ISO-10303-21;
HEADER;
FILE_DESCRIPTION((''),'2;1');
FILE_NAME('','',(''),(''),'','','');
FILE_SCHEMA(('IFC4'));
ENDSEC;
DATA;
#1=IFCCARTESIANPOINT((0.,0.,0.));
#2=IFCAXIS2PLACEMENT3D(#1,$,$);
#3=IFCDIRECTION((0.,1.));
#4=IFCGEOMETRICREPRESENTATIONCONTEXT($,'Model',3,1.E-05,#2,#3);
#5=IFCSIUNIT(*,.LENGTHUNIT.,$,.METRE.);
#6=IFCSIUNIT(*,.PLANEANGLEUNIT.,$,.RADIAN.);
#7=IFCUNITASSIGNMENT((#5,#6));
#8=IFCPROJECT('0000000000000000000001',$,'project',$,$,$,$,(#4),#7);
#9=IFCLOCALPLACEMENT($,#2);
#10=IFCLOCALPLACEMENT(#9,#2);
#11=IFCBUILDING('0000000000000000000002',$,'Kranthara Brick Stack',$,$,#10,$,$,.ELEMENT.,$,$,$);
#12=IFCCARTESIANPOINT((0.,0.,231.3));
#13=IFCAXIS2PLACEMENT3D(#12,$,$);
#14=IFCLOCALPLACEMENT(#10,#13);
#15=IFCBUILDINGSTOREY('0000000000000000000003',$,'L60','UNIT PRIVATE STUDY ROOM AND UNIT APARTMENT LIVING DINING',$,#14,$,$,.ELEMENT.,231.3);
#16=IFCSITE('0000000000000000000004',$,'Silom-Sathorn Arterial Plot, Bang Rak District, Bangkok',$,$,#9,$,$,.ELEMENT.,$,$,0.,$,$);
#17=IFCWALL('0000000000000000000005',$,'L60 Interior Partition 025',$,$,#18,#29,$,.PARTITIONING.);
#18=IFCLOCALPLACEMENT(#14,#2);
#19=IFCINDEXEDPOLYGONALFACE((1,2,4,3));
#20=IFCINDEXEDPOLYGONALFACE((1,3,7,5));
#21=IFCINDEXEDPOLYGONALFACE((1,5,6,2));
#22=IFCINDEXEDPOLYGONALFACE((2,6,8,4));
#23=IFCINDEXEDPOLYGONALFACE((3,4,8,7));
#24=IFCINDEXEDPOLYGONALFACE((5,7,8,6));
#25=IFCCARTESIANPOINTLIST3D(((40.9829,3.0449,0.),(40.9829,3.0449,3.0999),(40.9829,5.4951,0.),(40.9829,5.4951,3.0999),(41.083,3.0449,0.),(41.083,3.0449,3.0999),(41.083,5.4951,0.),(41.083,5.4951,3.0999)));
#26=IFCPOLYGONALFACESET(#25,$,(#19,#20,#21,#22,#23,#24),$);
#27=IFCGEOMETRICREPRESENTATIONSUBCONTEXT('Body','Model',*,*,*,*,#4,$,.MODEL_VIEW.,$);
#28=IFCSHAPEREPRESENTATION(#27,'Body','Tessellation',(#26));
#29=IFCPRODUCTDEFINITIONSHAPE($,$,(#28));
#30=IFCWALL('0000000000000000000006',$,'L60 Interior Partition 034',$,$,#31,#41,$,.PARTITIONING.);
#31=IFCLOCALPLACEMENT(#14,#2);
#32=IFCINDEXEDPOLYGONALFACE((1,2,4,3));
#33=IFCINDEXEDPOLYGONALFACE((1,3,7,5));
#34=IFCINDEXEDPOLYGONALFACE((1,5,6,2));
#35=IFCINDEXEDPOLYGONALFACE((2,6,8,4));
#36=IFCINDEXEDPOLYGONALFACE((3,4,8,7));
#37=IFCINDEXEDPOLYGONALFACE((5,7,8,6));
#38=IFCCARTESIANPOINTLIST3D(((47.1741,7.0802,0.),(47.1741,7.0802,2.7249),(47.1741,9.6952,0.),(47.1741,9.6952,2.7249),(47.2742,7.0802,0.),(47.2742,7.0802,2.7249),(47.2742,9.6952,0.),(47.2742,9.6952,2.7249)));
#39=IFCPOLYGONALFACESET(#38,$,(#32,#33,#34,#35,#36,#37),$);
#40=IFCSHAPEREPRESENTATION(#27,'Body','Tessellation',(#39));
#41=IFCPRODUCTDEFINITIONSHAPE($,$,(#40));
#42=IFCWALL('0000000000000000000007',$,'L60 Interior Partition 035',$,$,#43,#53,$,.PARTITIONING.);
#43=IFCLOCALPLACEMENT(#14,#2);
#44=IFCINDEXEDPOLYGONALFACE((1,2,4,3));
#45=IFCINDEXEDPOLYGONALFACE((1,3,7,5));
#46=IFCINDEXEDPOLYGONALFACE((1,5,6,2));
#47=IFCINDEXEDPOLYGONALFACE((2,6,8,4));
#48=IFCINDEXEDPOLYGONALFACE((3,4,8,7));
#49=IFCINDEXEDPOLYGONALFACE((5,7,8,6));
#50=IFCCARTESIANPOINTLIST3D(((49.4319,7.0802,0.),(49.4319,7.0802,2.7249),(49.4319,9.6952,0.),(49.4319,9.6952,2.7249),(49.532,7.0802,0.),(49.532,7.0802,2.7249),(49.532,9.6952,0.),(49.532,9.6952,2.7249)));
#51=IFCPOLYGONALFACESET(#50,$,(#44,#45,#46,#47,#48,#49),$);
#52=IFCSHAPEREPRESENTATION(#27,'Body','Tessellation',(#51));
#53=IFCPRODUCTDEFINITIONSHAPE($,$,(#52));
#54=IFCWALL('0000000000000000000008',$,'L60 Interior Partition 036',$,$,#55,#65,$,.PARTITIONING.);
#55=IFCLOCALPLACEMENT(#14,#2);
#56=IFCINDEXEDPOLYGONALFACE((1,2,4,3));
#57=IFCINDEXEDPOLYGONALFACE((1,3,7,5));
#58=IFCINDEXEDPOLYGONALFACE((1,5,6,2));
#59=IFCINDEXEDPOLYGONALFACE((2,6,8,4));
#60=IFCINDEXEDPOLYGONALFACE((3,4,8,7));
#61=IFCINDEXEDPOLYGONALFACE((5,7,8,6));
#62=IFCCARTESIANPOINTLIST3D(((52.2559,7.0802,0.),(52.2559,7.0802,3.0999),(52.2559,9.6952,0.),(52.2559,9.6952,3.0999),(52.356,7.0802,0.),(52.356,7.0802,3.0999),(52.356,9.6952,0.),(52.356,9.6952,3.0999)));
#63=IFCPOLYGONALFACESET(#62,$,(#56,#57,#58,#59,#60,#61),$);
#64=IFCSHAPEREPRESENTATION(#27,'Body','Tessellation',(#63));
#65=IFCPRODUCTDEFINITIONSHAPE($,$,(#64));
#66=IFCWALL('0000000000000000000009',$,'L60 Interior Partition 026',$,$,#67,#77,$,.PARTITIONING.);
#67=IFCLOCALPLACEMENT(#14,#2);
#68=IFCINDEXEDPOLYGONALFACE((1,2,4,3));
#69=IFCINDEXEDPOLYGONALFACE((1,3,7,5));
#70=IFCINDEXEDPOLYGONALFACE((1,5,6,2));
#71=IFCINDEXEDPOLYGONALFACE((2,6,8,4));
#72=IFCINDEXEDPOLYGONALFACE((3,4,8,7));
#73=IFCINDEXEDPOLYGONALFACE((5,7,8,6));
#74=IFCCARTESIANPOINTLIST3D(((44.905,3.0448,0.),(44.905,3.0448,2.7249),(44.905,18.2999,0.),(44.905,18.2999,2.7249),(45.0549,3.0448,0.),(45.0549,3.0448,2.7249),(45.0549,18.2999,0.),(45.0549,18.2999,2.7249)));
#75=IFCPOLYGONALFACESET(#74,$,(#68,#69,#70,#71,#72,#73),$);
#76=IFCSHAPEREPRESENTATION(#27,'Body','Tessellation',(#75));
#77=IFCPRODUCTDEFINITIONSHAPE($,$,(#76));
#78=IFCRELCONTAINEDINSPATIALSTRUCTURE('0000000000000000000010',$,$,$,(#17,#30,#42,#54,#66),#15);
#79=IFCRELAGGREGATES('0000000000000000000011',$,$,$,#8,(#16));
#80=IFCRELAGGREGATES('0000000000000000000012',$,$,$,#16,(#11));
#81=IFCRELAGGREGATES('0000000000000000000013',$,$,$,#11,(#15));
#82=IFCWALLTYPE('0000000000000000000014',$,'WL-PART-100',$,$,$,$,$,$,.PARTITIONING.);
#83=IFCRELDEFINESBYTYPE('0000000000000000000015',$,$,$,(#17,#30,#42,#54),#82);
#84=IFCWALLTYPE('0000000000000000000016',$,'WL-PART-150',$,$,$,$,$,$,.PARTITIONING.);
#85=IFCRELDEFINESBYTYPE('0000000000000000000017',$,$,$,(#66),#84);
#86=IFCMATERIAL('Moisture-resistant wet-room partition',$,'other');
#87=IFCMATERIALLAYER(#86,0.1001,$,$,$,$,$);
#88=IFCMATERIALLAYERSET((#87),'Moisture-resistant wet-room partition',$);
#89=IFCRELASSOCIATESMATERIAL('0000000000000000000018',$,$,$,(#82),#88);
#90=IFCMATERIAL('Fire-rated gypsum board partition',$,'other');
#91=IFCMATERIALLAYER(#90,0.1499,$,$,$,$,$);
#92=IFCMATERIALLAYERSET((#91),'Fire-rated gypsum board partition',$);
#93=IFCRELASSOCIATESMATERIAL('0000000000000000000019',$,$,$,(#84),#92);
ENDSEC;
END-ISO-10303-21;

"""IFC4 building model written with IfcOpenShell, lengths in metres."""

from ifc_helpers import new_model, si_unit, direction, frame, frame_2d, origin, place, context, subcontext, project, spatial, rectangle, extrude, material, layer, layer_set, type_object, element, save


model = new_model("IFC4")

# Units and contexts
model_context = context("Model", 3, precision=1e-05, world=origin(), true_north=direction((0.0, 1.0)))
body_context = subcontext(model_context, "Body", "Model", "MODEL_VIEW")
ifc_project = project(units=[si_unit("LENGTHUNIT", "METRE"), si_unit("PLANEANGLEUNIT", "RADIAN")], contexts=[model_context])

# Site, building, storey
site_placement = place(None, origin())
site = spatial("IfcSite", under=ifc_project, at=site_placement, Name="Silom-Sathorn Arterial Plot, Bang Rak District, Bangkok", CompositionType="ELEMENT", RefElevation=0.0)
building_placement = place(site_placement, origin())
building = spatial("IfcBuilding", under=site, at=building_placement, Name="Kranthara Brick Stack", CompositionType="ELEMENT")
storey_placement = place(building_placement, frame((0.0, 0.0, 231.3)))
storey = spatial("IfcBuildingStorey", under=building, at=storey_placement, Name="L60", Description="UNIT PRIVATE STUDY ROOM AND UNIT APARTMENT LIVING DINING", CompositionType="ELEMENT", Elevation=231.3)

# Shared definitions
ifc_material_1 = material(Name="Moisture-resistant wet-room partition", Category="other")
ifc_layer_1 = layer(ifc_material_1, 0.1001)
ifc_layer_set_1 = layer_set([ifc_layer_1], Name="Moisture-resistant wet-room partition")
wall_type_1 = type_object("IfcWallType", Name="WL-PART-100", PredefinedType="PARTITIONING", material=ifc_layer_set_1)

# Walls
wall_1_placement = place(storey_placement, frame((41.033, 3.0449, 0.0), z_axis=(0.0, 0.0, 1.0), x_axis=(0.0, 1.0, 0.0)))
element("IfcWall", 1, at=wall_1_placement, inside=storey, type_object=wall_type_1, Name="L60 Interior Partition 025", PredefinedType="PARTITIONING", context=body_context, shape_type="SweptSolid", body=[
    extrude(rectangle(XDim=2.4502, YDim=0.1001, at=frame_2d((1.2251, 0.0))), origin(), (0.0, 0.0, 1.0), 3.0999),
])
for number, where, z_axis, x_axis, name in (
    (2, (47.2241, 7.0801, 0.0), (0.0, 0.0, 1.0), (0.0, 1.0, 0.0), "L60 Interior Partition 034"),
    (3, (49.4819, 7.0801, 0.0), (0.0, 0.0, 1.0), (0.0, 1.0, 0.0), "L60 Interior Partition 035"),
):
    element("IfcWall", number, at=place(storey_placement, frame(where, z_axis=z_axis, x_axis=x_axis)), inside=storey, type_object=wall_type_1, Name=name, PredefinedType="PARTITIONING", context=body_context, shape_type="SweptSolid", body=[
        extrude(rectangle(XDim=2.615, YDim=0.1001, at=frame_2d((1.3076, 0.0))), origin(), (0.0, 0.0, 1.0), 2.7249),
    ])
wall_2_placement = place(storey_placement, frame((52.3059, 7.0801, 0.0), z_axis=(0.0, 0.0, 1.0), x_axis=(0.0, 1.0, 0.0)))
element("IfcWall", 4, at=wall_2_placement, inside=storey, type_object=wall_type_1, Name="L60 Interior Partition 036", PredefinedType="PARTITIONING", context=body_context, shape_type="SweptSolid", body=[
    extrude(rectangle(XDim=2.615, YDim=0.1001, at=frame_2d((1.3076, 0.0))), origin(), (0.0, 0.0, 1.0), 3.0999),
])
ifc_material_2 = material(Name="Fire-rated gypsum board partition", Category="other")
ifc_layer_2 = layer(ifc_material_2, 0.1499)
ifc_layer_set_2 = layer_set([ifc_layer_2], Name="Fire-rated gypsum board partition")
wall_type_2 = type_object("IfcWallType", Name="WL-PART-150", PredefinedType="PARTITIONING", material=ifc_layer_set_2)
wall_3_placement = place(storey_placement, frame((44.98, 3.0449, 0.0), z_axis=(0.0, 0.0, 1.0), x_axis=(0.0, 1.0, 0.0)))
element("IfcWall", 5, at=wall_3_placement, inside=storey, type_object=wall_type_2, Name="L60 Interior Partition 026", PredefinedType="PARTITIONING", context=body_context, shape_type="SweptSolid", body=[
    extrude(rectangle(XDim=15.2551, YDim=0.1499, at=frame_2d((7.6274, 0.0))), origin(), (0.0, 0.0, 1.0), 2.7249),
])

save(model, "model.ifc")
